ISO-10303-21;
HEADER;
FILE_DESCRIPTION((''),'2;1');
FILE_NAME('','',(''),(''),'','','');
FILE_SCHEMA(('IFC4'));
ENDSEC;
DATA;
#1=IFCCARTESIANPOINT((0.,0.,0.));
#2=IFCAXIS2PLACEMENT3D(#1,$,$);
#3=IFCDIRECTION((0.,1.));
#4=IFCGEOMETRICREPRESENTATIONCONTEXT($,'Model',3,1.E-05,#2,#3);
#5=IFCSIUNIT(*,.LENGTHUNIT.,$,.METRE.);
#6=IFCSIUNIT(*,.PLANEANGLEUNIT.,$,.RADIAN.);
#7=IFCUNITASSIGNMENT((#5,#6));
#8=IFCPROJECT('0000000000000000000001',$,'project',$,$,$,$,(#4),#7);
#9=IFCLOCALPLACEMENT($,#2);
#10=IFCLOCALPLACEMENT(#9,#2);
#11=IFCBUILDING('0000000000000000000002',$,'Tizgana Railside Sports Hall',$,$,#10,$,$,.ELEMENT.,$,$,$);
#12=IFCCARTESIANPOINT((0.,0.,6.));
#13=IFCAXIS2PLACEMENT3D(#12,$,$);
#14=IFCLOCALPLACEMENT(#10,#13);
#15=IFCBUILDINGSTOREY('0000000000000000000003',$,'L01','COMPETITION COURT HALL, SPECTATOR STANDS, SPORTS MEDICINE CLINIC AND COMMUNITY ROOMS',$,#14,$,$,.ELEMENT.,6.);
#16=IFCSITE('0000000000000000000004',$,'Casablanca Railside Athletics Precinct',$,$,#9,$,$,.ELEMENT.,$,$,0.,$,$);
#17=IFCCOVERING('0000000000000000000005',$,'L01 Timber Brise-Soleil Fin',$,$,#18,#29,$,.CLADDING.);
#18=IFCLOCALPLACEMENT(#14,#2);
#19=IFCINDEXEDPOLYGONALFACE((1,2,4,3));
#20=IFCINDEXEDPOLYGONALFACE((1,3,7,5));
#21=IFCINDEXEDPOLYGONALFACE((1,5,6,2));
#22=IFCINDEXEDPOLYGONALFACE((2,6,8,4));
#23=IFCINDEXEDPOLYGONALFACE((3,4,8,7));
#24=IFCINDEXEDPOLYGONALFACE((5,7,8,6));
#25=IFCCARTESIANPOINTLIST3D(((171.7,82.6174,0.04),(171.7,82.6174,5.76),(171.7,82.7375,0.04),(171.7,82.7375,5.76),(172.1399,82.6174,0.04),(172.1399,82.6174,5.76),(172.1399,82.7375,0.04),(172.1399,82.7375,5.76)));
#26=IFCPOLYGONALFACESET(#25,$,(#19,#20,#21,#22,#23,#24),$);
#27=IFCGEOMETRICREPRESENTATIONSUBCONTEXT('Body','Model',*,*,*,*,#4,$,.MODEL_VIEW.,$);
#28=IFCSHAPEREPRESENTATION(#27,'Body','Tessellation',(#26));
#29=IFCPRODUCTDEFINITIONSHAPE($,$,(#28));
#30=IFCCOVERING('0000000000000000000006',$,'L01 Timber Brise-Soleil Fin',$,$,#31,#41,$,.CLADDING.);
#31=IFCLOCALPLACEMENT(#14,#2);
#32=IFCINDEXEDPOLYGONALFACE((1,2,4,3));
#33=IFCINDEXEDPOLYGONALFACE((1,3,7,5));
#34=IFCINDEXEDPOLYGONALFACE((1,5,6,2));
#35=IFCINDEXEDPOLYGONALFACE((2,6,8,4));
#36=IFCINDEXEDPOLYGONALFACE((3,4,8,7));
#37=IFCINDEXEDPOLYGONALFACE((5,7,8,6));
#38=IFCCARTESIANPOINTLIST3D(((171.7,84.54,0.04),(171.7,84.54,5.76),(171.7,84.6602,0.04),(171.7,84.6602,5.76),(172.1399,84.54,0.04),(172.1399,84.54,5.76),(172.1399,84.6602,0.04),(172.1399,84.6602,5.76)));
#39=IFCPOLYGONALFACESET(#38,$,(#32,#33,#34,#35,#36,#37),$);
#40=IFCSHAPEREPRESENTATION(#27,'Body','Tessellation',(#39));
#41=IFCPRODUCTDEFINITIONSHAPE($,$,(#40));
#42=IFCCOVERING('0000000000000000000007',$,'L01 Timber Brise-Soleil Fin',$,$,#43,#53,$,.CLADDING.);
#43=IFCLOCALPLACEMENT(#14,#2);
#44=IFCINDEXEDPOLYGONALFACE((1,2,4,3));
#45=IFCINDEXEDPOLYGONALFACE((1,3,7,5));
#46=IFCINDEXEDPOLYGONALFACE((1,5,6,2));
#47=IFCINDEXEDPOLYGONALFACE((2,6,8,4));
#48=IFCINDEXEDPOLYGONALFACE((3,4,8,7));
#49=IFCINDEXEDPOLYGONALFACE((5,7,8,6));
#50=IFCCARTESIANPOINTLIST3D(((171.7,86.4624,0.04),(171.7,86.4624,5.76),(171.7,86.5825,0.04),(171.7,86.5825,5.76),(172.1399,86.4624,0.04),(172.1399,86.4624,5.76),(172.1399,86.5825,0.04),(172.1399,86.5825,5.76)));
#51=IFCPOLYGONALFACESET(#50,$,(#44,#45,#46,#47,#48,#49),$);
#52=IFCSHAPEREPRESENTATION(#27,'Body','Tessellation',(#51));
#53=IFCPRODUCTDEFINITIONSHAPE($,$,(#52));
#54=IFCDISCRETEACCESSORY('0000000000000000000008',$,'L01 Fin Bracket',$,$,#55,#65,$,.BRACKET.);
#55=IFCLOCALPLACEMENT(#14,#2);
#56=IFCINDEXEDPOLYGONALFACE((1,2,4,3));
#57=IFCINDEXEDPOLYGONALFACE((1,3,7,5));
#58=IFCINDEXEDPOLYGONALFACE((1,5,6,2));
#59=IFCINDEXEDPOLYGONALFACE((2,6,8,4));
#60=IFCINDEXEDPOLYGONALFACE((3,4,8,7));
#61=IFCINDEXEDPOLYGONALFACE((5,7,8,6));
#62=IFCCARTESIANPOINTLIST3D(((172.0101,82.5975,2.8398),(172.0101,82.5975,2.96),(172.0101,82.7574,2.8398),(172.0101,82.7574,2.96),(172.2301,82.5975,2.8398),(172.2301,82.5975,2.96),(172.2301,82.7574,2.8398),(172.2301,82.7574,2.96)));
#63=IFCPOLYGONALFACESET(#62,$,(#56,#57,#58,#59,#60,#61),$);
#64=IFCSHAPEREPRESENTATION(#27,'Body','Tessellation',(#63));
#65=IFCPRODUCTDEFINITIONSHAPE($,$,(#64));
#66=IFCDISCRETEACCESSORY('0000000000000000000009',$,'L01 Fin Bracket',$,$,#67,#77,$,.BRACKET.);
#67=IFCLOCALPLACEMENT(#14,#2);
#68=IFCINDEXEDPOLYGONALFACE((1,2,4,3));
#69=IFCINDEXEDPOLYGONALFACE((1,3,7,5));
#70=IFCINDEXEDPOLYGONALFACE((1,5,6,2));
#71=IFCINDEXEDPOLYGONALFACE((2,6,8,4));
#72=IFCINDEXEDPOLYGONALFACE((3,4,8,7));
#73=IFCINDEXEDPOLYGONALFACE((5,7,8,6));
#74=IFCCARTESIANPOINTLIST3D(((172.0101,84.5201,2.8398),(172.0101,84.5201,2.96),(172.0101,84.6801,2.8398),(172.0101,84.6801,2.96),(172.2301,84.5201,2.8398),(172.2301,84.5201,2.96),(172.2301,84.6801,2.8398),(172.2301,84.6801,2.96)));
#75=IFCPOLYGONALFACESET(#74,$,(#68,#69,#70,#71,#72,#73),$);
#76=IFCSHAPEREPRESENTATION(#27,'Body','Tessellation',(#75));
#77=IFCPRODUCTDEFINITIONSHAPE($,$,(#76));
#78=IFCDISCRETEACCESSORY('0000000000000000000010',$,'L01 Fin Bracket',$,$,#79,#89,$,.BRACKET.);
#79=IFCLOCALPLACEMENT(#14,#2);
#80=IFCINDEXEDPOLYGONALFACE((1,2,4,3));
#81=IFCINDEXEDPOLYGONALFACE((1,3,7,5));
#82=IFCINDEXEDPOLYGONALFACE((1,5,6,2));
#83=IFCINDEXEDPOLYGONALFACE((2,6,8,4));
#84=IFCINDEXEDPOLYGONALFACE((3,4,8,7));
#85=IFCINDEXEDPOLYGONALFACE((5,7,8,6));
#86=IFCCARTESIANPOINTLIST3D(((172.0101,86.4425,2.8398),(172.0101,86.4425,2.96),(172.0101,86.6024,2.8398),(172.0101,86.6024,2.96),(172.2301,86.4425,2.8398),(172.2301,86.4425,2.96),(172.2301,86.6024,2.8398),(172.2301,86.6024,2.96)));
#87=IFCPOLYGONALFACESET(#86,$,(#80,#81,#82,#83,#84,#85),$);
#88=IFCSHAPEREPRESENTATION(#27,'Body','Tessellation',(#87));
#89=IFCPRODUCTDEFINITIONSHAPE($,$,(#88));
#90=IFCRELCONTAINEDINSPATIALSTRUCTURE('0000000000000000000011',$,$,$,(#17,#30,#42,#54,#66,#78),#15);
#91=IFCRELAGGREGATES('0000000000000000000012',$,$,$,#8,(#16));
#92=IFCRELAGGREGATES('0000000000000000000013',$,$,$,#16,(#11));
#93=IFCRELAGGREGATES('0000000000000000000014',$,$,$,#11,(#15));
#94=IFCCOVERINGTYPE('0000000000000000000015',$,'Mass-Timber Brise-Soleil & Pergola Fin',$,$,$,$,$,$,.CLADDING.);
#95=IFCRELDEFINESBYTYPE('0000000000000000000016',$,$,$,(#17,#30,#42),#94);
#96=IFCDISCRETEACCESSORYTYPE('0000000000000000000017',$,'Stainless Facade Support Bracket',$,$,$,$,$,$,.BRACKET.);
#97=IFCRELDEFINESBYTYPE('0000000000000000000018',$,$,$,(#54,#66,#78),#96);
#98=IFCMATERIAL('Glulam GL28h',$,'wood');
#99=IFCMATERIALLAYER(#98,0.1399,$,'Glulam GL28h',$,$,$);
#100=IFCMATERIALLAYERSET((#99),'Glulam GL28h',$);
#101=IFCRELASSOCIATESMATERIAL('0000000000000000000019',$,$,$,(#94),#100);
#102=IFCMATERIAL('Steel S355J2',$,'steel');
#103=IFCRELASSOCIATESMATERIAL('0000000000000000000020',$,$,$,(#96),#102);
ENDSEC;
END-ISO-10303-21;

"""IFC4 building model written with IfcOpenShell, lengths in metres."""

from ifc_helpers import new_model, si_unit, direction, frame, origin, origin_2d, place, context, subcontext, project, spatial, rectangle, extrude, material, layer, layer_set, type_object, element, save


model = new_model("IFC4")

# Units and contexts
model_context = context("Model", 3, precision=1e-05, world=origin(), true_north=direction((0.0, 1.0)))
body_context = subcontext(model_context, "Body", "Model", "MODEL_VIEW")
ifc_project = project(units=[si_unit("LENGTHUNIT", "METRE"), si_unit("PLANEANGLEUNIT", "RADIAN")], contexts=[model_context])

# Site, building, storey
site_placement = place(None, origin())
site = spatial("IfcSite", under=ifc_project, at=site_placement, Name="Casablanca Railside Athletics Precinct", CompositionType="ELEMENT", RefElevation=0.0)
building_placement = place(site_placement, origin())
building = spatial("IfcBuilding", under=site, at=building_placement, Name="Tizgana Railside Sports Hall", CompositionType="ELEMENT")
storey_placement = place(building_placement, frame((0.0, 0.0, 6.0)))
storey = spatial("IfcBuildingStorey", under=building, at=storey_placement, Name="L01", Description="COMPETITION COURT HALL, SPECTATOR STANDS, SPORTS MEDICINE CLINIC AND COMMUNITY ROOMS", CompositionType="ELEMENT", Elevation=6.0)

# Coverings
ifc_material_1 = material(Name="Glulam GL28h", Category="wood")
ifc_layer_1 = layer(ifc_material_1, 0.1399, Name="Glulam GL28h")
ifc_layer_set_1 = layer_set([ifc_layer_1], Name="Glulam GL28h")
covering_type = type_object("IfcCoveringType", Name="Mass-Timber Brise-Soleil & Pergola Fin", PredefinedType="CLADDING", material=ifc_layer_set_1)
for number, where, z_axis, x_axis, name in (
    (1, (171.9199, 82.6775, 0.04), (0.0, 0.0, 1.0), (0.0, 1.0, 0.0), "L01 Timber Brise-Soleil Fin"),
    (2, (171.9199, 84.6001, 0.04), (0.0, 0.0, 1.0), (0.0, 1.0, 0.0), "L01 Timber Brise-Soleil Fin"),
    (3, (171.9199, 86.5225, 0.04), (0.0, 0.0, 1.0), (0.0, 1.0, 0.0), "L01 Timber Brise-Soleil Fin"),
):
    element("IfcCovering", number, at=place(storey_placement, frame(where, z_axis=z_axis, x_axis=x_axis)), inside=storey, type_object=covering_type, Name=name, PredefinedType="CLADDING", context=body_context, shape_type="SweptSolid", body=[
        extrude(rectangle(XDim=0.1201, YDim=0.4399, at=origin_2d()), origin(), (0.0, 0.0, 1.0), 5.72),
    ])

# Discrete accessories
ifc_material_2 = material(Name="Steel S355J2", Category="steel")
discrete_accessory_type = type_object("IfcDiscreteAccessoryType", Name="Stainless Facade Support Bracket", PredefinedType="BRACKET", material=ifc_material_2)
for number, where, z_axis, x_axis, name in (
    (4, (172.1201, 82.6775, 2.8398), (0.0, 0.0, 1.0), (0.0, 1.0, 0.0), "L01 Fin Bracket"),
    (5, (172.1201, 84.6001, 2.8398), (0.0, 0.0, 1.0), (0.0, 1.0, 0.0), "L01 Fin Bracket"),
    (6, (172.1201, 86.5225, 2.8398), (0.0, 0.0, 1.0), (0.0, 1.0, 0.0), "L01 Fin Bracket"),
):
    element("IfcDiscreteAccessory", number, at=place(storey_placement, frame(where, z_axis=z_axis, x_axis=x_axis)), inside=storey, type_object=discrete_accessory_type, Name=name, PredefinedType="BRACKET", context=body_context, shape_type="SweptSolid", body=[
        extrude(rectangle(XDim=0.1599, YDim=0.22, at=origin_2d()), origin(), (0.0, 0.0, 1.0), 0.1201),
    ])

save(model, "model.ifc")
